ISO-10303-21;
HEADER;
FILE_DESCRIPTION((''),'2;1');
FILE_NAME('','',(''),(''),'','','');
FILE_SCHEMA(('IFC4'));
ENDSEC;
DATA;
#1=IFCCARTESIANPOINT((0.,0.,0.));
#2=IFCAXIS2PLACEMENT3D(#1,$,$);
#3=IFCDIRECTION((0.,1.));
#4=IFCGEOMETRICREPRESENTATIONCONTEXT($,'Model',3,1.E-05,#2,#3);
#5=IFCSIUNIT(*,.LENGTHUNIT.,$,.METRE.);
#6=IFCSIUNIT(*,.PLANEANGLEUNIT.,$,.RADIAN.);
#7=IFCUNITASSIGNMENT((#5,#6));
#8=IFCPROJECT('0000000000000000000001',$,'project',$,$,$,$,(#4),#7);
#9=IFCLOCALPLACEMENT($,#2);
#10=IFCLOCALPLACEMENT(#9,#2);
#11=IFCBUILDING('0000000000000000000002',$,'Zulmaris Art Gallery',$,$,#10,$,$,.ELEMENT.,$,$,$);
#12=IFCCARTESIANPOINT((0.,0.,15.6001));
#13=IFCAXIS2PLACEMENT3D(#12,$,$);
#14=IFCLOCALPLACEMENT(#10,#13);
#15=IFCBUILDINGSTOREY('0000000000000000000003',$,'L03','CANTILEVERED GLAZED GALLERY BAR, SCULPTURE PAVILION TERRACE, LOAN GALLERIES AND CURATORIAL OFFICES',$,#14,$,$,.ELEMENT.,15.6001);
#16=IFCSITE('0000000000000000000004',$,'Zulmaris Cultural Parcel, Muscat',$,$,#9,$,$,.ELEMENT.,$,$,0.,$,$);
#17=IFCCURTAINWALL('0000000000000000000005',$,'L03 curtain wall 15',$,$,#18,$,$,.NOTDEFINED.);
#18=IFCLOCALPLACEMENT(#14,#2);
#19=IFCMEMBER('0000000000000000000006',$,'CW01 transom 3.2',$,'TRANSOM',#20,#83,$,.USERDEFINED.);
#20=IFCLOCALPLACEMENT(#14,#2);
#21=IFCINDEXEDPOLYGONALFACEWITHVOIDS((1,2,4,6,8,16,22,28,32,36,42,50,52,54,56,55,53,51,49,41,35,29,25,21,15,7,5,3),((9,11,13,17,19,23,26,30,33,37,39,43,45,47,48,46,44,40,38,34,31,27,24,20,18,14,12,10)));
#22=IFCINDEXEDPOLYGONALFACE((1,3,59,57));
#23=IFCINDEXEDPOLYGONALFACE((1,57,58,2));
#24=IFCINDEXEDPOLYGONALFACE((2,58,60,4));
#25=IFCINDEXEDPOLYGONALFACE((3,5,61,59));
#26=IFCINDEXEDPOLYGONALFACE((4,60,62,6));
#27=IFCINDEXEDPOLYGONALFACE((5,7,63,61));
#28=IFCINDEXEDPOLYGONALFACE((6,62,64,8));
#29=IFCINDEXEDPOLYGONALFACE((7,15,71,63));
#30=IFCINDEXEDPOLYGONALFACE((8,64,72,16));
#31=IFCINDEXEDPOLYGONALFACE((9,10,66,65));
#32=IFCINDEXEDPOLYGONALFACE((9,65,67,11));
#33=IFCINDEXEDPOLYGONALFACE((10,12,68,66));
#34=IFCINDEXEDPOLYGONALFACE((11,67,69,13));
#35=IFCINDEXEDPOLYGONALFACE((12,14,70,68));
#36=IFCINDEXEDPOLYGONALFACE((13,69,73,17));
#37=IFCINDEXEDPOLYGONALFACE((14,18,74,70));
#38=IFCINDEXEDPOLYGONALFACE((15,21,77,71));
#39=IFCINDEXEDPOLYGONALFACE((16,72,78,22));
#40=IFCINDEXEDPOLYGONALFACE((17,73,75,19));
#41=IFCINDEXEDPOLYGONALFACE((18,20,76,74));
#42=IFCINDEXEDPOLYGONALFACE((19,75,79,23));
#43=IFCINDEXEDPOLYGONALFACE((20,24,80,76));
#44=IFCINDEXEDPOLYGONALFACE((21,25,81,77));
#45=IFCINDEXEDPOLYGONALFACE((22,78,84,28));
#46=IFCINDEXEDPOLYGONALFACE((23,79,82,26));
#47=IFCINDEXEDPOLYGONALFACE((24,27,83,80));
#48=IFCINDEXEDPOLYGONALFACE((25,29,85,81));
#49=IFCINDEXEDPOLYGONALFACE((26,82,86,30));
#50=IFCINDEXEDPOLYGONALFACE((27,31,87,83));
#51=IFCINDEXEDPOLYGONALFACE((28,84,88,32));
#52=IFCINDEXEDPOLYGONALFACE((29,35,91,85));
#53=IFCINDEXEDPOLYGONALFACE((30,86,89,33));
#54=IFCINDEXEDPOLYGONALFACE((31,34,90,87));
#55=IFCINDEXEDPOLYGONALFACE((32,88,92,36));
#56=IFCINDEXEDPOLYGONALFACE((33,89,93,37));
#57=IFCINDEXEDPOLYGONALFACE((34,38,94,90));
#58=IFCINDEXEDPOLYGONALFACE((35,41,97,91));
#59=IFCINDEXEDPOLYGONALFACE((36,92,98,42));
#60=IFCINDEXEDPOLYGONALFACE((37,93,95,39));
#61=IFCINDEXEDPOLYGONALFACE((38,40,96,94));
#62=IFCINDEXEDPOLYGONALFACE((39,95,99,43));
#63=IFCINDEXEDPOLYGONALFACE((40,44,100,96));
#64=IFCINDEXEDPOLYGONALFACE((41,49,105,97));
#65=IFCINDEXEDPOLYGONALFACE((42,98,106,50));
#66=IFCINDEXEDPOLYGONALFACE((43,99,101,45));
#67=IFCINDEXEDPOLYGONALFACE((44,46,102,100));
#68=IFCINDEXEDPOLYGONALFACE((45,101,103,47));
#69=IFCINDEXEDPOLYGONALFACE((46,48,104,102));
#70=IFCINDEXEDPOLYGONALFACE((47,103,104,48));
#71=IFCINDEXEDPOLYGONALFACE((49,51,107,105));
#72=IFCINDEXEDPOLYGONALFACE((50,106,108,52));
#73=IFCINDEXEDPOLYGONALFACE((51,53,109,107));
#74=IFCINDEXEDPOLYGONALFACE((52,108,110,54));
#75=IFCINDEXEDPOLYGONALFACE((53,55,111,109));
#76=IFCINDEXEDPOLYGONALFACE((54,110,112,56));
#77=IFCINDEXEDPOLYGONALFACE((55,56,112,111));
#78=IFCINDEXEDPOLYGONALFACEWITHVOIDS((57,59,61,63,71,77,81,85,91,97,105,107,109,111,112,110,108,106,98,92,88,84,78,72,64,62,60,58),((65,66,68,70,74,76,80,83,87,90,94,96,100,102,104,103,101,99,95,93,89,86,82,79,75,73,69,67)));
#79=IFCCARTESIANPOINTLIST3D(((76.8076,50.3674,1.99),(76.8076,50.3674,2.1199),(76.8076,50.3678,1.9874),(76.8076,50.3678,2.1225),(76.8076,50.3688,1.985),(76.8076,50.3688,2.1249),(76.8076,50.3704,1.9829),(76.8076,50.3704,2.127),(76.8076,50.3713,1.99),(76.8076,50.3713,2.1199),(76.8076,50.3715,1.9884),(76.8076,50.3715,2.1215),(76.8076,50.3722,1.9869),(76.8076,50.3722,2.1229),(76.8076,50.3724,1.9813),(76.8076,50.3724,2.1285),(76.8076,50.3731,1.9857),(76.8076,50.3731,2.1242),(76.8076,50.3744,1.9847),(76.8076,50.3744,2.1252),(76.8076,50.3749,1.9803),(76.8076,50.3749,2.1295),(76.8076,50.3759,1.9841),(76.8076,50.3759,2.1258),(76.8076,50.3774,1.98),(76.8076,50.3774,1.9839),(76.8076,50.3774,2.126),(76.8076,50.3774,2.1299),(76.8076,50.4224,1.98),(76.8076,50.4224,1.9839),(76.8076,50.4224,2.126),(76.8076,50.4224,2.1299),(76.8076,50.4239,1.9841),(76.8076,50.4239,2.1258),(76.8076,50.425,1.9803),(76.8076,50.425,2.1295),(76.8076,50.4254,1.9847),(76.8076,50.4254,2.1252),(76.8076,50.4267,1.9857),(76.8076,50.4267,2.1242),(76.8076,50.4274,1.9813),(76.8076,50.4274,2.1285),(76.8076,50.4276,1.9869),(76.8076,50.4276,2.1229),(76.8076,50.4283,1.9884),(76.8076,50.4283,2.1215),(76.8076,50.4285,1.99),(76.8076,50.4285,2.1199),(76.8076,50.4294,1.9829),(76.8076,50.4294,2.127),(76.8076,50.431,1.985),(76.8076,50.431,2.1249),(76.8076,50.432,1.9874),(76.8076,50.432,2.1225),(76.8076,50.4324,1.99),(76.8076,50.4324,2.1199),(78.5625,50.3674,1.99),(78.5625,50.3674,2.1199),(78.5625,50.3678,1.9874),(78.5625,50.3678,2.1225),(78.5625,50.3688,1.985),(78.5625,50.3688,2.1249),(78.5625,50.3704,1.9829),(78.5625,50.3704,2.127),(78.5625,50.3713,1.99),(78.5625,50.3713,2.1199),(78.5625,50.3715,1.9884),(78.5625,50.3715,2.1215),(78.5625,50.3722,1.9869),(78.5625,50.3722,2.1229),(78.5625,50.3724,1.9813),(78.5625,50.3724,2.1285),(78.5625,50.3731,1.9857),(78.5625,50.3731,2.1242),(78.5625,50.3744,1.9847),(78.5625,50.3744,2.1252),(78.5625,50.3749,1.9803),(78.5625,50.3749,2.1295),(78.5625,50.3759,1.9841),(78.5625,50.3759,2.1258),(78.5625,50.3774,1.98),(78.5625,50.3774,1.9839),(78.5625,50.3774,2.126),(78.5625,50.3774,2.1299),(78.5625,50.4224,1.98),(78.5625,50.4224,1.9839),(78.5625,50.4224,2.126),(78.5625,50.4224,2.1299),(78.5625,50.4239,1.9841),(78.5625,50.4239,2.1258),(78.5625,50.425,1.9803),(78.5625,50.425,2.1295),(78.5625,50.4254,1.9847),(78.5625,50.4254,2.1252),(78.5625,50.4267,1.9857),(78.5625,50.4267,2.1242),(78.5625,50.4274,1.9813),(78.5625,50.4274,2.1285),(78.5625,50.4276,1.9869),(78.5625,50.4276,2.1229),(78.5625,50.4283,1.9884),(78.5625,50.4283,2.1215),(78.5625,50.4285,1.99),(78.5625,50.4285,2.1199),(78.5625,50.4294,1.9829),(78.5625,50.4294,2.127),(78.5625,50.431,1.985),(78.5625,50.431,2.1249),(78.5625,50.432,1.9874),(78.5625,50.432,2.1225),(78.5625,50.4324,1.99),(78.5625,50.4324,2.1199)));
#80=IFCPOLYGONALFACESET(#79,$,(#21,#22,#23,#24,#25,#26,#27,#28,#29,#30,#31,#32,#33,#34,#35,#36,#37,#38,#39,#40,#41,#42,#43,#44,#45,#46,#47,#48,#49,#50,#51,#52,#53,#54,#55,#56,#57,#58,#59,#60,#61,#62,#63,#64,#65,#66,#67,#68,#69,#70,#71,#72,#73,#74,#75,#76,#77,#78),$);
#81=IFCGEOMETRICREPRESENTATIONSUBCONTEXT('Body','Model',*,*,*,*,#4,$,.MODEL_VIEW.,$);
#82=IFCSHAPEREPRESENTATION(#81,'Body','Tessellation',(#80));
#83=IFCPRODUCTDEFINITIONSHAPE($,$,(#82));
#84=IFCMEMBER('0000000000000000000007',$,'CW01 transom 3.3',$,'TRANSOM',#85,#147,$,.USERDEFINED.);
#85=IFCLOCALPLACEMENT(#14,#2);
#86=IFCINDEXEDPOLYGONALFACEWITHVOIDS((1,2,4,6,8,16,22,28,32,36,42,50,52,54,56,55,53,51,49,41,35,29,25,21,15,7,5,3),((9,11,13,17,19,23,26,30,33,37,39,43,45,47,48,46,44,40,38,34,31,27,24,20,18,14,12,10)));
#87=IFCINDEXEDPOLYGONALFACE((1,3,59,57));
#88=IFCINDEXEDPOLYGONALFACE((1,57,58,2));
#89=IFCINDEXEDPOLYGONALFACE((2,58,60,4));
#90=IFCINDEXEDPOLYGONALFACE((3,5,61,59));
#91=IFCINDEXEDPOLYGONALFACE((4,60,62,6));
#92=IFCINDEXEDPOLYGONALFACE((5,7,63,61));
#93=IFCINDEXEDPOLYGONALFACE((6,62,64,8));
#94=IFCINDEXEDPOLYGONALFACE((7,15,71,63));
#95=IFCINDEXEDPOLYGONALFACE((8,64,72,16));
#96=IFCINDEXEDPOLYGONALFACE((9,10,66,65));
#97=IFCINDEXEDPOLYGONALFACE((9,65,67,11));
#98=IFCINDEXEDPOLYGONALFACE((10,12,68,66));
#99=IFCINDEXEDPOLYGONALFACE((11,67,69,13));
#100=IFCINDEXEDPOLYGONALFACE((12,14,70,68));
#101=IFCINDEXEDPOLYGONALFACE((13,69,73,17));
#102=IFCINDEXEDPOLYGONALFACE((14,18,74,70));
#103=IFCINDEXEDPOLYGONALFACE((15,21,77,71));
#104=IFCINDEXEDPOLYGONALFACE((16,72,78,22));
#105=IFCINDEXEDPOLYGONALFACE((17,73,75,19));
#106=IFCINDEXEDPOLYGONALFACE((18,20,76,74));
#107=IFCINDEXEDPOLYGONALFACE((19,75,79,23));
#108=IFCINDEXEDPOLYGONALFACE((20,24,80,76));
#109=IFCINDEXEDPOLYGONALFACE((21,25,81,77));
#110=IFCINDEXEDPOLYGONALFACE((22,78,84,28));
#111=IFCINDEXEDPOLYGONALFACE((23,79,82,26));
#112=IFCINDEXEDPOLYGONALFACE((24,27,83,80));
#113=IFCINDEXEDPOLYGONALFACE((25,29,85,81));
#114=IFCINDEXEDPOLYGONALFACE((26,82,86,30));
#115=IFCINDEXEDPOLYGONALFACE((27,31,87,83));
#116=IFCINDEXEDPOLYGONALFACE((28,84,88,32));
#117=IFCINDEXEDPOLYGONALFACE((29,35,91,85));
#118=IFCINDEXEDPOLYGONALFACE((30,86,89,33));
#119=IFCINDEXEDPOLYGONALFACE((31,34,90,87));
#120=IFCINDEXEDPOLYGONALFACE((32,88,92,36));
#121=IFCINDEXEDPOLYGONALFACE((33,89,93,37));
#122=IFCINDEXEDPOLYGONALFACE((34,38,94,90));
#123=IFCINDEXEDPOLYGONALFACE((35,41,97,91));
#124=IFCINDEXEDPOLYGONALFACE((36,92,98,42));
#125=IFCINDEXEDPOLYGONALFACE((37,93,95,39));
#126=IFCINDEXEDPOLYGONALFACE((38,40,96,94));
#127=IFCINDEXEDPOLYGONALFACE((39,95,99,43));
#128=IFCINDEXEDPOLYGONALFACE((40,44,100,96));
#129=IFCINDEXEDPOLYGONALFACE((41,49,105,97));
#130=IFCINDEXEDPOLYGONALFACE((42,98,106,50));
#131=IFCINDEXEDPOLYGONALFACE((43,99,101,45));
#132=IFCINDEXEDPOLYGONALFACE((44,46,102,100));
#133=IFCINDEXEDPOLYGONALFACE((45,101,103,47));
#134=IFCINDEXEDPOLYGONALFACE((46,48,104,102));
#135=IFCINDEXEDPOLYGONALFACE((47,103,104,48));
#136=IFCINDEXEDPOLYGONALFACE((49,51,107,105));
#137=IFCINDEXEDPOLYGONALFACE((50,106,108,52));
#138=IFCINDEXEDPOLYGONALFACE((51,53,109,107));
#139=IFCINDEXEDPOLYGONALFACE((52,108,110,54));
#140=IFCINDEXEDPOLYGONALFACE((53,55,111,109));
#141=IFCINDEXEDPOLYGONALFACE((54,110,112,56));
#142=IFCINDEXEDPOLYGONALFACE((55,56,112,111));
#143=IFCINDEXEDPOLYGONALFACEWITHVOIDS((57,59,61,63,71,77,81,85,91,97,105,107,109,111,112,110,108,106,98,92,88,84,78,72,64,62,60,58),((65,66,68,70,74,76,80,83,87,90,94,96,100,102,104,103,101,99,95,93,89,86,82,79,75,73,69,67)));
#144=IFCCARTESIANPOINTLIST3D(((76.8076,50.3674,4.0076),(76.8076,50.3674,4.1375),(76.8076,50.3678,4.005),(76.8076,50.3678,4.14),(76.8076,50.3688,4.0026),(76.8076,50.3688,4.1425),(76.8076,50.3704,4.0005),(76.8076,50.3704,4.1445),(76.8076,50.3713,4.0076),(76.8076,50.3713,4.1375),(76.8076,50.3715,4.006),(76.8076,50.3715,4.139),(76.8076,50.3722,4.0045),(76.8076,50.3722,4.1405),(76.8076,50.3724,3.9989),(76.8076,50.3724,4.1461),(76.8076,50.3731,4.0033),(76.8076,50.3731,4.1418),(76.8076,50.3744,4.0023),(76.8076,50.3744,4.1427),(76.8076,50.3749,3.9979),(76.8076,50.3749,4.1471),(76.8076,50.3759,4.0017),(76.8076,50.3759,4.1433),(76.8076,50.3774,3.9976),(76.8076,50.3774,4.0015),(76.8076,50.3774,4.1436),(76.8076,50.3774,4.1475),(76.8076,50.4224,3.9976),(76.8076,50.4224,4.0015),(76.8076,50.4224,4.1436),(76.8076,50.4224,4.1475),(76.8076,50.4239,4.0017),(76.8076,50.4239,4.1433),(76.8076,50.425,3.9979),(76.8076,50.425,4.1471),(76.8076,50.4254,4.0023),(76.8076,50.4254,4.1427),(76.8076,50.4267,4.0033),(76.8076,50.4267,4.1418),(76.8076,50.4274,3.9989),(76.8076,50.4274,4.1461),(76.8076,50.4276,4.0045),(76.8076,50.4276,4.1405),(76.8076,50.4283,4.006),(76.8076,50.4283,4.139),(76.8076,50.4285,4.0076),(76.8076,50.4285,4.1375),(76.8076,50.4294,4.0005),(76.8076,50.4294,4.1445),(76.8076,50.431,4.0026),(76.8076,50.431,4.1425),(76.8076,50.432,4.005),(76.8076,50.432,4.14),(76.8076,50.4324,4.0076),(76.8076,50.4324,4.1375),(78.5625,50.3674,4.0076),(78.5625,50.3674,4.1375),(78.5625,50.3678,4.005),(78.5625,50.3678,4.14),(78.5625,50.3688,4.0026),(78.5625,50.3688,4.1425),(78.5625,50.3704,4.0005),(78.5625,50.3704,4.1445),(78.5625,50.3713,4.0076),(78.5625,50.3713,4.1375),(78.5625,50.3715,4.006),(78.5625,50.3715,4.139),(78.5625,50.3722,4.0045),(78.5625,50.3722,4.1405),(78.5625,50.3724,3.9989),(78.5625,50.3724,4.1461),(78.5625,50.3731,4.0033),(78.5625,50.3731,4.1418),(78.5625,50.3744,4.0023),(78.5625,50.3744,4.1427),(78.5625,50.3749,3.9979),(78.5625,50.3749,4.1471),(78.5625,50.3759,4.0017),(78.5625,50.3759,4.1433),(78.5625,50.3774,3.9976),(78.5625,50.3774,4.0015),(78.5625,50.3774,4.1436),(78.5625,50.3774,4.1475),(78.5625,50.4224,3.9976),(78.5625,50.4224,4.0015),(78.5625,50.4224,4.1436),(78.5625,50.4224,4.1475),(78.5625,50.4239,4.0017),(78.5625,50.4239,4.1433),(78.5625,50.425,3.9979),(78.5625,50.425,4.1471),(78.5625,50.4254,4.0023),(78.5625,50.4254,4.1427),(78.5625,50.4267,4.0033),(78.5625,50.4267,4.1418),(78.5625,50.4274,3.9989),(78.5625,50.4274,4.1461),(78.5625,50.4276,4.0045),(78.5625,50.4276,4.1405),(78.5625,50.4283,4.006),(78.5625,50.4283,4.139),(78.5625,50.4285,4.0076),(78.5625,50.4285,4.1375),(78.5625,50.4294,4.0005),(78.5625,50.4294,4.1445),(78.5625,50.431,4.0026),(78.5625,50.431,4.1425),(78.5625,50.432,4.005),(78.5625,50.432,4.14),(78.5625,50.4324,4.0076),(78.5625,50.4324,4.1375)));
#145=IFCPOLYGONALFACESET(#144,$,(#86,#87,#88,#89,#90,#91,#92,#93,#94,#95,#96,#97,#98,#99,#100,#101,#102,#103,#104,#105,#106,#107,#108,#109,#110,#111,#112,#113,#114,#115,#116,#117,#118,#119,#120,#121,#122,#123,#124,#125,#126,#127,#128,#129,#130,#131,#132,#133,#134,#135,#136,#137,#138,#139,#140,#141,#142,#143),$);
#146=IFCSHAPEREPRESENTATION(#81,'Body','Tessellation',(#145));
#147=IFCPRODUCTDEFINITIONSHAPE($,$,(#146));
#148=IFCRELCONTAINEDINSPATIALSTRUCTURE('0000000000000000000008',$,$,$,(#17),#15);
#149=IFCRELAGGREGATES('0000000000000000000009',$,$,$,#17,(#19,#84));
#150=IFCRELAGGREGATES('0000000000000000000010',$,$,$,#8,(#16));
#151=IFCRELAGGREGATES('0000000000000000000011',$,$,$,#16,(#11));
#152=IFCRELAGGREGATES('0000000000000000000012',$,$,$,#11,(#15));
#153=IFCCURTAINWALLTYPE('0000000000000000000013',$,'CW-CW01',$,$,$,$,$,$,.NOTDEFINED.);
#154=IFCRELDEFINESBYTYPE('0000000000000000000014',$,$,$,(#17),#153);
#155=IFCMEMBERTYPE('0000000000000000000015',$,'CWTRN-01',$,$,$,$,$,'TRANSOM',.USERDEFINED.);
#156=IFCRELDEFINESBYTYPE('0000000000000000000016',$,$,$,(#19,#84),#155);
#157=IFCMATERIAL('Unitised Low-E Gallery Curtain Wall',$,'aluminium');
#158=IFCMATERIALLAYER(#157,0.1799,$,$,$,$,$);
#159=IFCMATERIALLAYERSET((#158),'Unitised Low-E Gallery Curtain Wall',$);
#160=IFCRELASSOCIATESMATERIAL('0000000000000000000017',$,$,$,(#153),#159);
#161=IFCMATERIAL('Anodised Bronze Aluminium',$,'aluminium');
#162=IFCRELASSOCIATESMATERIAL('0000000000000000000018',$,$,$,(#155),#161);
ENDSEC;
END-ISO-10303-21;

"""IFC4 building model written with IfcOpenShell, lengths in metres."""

from ifc_helpers import new_model, si_unit, direction, frame, origin, origin_2d, place, context, subcontext, project, spatial, hollow_rectangle, extrude, material, layer, layer_set, material_profile, profile_set, type_object, element, aggregate, save


model = new_model("IFC4")

# Units and contexts
model_context = context("Model", 3, precision=1e-05, world=origin(), true_north=direction((0.0, 1.0)))
body_context = subcontext(model_context, "Body", "Model", "MODEL_VIEW")
ifc_project = project(units=[si_unit("LENGTHUNIT", "METRE"), si_unit("PLANEANGLEUNIT", "RADIAN")], contexts=[model_context])

# Site, building, storey
site_placement = place(None, origin())
site = spatial("IfcSite", under=ifc_project, at=site_placement, Name="Zulmaris Cultural Parcel, Muscat", CompositionType="ELEMENT", RefElevation=0.0)
building_placement = place(site_placement, origin())
building = spatial("IfcBuilding", under=site, at=building_placement, Name="Zulmaris Art Gallery", CompositionType="ELEMENT")
storey_placement = place(building_placement, frame((0.0, 0.0, 15.6001)))
storey = spatial("IfcBuildingStorey", under=building, at=storey_placement, Name="L03", Description="CANTILEVERED GLAZED GALLERY BAR, SCULPTURE PAVILION TERRACE, LOAN GALLERIES AND CURATORIAL OFFICES", CompositionType="ELEMENT", Elevation=15.6001)

# Shared definitions
ifc_material_1 = material(Name="Unitised Low-E Gallery Curtain Wall", Category="aluminium")
ifc_layer_1 = layer(ifc_material_1, 0.1799)
ifc_layer_set_1 = layer_set([ifc_layer_1], Name="Unitised Low-E Gallery Curtain Wall")
curtain_wall_type = type_object("IfcCurtainWallType", Name="CW-CW01", PredefinedType="NOTDEFINED", material=ifc_layer_set_1)
ifc_material_2 = material(Name="Anodised Bronze Aluminium", Category="aluminium")

# Curtain wall
curtain_wall_1_placement = place(storey_placement, origin())
curtain_wall_1 = element("IfcCurtainWall", 1, at=curtain_wall_1_placement, inside=storey, type_object=curtain_wall_type, Name="L03 curtain wall 15", PredefinedType="NOTDEFINED")

# Members
ifc_material_profile_1 = material_profile(ifc_material_2, hollow_rectangle(XDim=0.0649, YDim=0.1499, WallThickness=0.0039, InnerFilletRadius=0.0061, OuterFilletRadius=0.01, at=origin_2d()), Name="ALU 65x150x4")
ifc_profile_set_1 = profile_set([ifc_material_profile_1], Name="Anodised Bronze Aluminium")
member_type_1 = type_object("IfcMemberType", Name="CWTRN-01", ElementType="TRANSOM", PredefinedType="USERDEFINED", material=ifc_profile_set_1)
member_1_placement = place(storey_placement, frame((78.5625, 50.3999, 2.0549), z_axis=(-1.0, 0.0, 0.0), x_axis=(0.0, -1.0, 0.0)))
member_1 = element("IfcMember", 2, at=member_1_placement, type_object=member_type_1, Name="CW01 transom 3.2", ObjectType="TRANSOM", PredefinedType="USERDEFINED", context=body_context, shape_type="SweptSolid", body=[
    extrude(hollow_rectangle(XDim=0.0649, YDim=0.1499, WallThickness=0.0039, InnerFilletRadius=0.0061, OuterFilletRadius=0.01, at=origin_2d()), origin(), (0.0, 0.0, 1.0), 1.7549),
])
member_2_placement = place(storey_placement, frame((78.5625, 50.3999, 4.0725), z_axis=(-1.0, 0.0, 0.0), x_axis=(0.0, -1.0, 0.0)))
member_2 = element("IfcMember", 3, at=member_2_placement, type_object=member_type_1, Name="CW01 transom 3.3", ObjectType="TRANSOM", PredefinedType="USERDEFINED", context=body_context, shape_type="SweptSolid", body=[
    extrude(hollow_rectangle(XDim=0.0649, YDim=0.1499, WallThickness=0.0039, InnerFilletRadius=0.0061, OuterFilletRadius=0.01, at=origin_2d()), origin(), (0.0, 0.0, 1.0), 1.7549),
])

aggregate(curtain_wall_1, [member_1, member_2])

save(model, "model.ifc")
